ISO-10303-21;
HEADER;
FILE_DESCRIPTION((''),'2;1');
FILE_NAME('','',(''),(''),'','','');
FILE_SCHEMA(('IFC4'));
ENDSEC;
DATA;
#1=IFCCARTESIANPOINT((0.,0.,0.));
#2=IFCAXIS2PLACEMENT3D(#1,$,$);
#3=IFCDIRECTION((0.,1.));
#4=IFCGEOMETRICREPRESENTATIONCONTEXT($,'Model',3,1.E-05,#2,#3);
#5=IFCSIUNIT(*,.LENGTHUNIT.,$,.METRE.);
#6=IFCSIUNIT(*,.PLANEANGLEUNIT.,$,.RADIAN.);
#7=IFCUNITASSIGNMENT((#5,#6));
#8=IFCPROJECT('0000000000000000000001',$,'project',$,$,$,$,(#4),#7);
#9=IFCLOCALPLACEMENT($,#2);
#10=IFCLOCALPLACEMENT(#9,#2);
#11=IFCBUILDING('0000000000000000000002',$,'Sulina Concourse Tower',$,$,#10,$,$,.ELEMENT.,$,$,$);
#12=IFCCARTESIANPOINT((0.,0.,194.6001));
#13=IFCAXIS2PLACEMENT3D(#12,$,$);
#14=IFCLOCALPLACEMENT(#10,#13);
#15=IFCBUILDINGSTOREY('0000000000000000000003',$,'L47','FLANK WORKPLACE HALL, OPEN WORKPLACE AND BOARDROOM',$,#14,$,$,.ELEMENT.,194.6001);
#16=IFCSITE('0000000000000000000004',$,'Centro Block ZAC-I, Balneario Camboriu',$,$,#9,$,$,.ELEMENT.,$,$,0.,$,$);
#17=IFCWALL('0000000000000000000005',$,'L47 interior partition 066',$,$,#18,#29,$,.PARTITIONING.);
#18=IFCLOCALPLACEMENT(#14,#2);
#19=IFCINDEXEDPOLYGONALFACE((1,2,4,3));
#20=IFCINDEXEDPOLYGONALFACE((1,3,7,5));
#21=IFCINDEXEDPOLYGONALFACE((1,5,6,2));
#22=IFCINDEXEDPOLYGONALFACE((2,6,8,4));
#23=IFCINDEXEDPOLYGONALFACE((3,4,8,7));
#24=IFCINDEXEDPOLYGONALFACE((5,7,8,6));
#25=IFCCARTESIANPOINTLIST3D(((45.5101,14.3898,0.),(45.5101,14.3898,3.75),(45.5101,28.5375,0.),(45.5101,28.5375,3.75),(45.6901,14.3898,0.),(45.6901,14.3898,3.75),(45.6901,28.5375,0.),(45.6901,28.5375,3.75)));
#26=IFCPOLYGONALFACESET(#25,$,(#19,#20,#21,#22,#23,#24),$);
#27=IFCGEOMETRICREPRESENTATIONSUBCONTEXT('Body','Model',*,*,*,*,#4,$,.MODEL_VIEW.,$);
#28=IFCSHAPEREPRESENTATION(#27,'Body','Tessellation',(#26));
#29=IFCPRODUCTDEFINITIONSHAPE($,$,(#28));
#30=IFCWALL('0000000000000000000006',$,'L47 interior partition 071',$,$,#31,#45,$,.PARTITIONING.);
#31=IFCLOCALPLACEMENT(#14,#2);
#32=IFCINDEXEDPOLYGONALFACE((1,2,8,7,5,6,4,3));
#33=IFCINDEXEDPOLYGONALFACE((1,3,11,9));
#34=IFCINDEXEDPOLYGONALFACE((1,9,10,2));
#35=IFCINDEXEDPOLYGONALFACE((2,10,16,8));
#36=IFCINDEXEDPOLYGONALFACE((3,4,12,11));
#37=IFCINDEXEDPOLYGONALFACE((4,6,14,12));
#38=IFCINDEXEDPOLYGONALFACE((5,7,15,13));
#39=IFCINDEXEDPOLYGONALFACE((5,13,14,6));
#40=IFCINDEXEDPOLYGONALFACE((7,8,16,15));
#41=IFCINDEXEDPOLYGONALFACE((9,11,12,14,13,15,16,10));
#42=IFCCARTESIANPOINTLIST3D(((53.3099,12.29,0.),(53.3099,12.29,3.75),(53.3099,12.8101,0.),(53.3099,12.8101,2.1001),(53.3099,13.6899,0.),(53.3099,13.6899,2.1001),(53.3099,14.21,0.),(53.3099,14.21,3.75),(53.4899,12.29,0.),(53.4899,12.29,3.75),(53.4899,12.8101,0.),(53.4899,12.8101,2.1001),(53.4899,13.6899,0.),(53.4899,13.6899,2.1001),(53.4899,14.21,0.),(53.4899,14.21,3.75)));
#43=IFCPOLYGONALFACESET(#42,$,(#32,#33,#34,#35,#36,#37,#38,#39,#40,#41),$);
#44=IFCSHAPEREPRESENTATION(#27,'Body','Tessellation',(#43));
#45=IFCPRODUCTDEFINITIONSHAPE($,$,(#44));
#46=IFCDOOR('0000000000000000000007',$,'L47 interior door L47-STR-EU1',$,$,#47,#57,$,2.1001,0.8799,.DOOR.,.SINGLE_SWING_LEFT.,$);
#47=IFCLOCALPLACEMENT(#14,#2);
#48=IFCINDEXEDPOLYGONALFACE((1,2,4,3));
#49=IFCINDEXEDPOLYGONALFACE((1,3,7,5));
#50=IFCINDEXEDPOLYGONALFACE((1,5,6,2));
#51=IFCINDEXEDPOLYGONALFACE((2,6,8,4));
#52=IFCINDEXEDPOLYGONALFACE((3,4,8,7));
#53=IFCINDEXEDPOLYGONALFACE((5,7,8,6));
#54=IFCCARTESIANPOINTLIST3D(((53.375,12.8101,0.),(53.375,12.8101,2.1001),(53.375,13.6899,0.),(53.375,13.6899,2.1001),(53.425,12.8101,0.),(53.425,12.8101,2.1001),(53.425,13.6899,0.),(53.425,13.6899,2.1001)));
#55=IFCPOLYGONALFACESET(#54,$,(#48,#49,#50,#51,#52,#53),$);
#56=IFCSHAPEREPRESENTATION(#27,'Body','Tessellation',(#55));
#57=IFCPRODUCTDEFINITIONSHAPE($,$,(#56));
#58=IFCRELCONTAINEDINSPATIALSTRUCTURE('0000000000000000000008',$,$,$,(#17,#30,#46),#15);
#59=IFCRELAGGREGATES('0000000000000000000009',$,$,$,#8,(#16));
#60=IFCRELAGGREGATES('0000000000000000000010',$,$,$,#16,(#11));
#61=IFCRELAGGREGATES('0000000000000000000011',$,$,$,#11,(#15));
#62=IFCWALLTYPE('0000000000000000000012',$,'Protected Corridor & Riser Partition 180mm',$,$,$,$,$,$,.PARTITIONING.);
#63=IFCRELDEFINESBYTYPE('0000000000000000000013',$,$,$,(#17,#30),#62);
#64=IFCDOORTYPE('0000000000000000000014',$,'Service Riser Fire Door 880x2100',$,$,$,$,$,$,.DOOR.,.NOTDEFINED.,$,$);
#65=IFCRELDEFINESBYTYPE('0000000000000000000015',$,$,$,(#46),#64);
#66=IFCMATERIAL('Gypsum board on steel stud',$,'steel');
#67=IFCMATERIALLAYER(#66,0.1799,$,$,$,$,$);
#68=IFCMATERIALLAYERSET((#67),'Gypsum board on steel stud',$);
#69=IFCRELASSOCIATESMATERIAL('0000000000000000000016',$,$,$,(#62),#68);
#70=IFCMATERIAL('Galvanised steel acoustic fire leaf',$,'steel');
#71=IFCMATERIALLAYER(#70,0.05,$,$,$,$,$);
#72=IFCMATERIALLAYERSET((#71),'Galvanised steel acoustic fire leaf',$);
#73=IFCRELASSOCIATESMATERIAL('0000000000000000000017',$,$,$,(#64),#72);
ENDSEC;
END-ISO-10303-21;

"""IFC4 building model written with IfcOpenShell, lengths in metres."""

from ifc_helpers import new_model, si_unit, direction, frame, frame_2d, origin, place, context, subcontext, project, spatial, rectangle, extrude, material, layer, layer_set, type_object, element, fill, save


model = new_model("IFC4")

# Units and contexts
model_context = context("Model", 3, precision=1e-05, world=origin(), true_north=direction((0.0, 1.0)))
body_context = subcontext(model_context, "Body", "Model", "MODEL_VIEW")
ifc_project = project(units=[si_unit("LENGTHUNIT", "METRE"), si_unit("PLANEANGLEUNIT", "RADIAN")], contexts=[model_context])

# Site, building, storey
site_placement = place(None, origin())
site = spatial("IfcSite", under=ifc_project, at=site_placement, Name="Centro Block ZAC-I, Balneario Camboriu", CompositionType="ELEMENT", RefElevation=0.0)
building_placement = place(site_placement, origin())
building = spatial("IfcBuilding", under=site, at=building_placement, Name="Sulina Concourse Tower", CompositionType="ELEMENT")
storey_placement = place(building_placement, frame((0.0, 0.0, 194.6001)))
storey = spatial("IfcBuildingStorey", under=building, at=storey_placement, Name="L47", Description="FLANK WORKPLACE HALL, OPEN WORKPLACE AND BOARDROOM", CompositionType="ELEMENT", Elevation=194.6001)

# Shared definitions
ifc_material_1 = material(Name="Gypsum board on steel stud", Category="steel")
ifc_layer_1 = layer(ifc_material_1, 0.1799)
ifc_layer_set_1 = layer_set([ifc_layer_1], Name="Gypsum board on steel stud")
wall_type_1 = type_object("IfcWallType", Name="Protected Corridor & Riser Partition 180mm", PredefinedType="PARTITIONING", material=ifc_layer_set_1)

# Wall
wall_1_placement = place(storey_placement, frame((45.6001, 14.3899, 0.0), z_axis=(0.0, 0.0, 1.0), x_axis=(0.0, 1.0, 0.0)))
element("IfcWall", 1, at=wall_1_placement, inside=storey, type_object=wall_type_1, Name="L47 interior partition 066", PredefinedType="PARTITIONING", context=body_context, shape_type="SweptSolid", body=[
    extrude(rectangle(XDim=14.1477, YDim=0.1799, at=frame_2d((7.0737, 0.0))), origin(), (0.0, 0.0, 1.0), 3.75),
])

# Wall, opening, door
wall_2_placement = place(storey_placement, frame((53.3999, 12.29, 0.0), z_axis=(0.0, 0.0, 1.0), x_axis=(0.0, 1.0, 0.0)))
wall_2 = element("IfcWall", 2, at=wall_2_placement, inside=storey, type_object=wall_type_1, Name="L47 interior partition 071", PredefinedType="PARTITIONING", context=body_context, shape_type="SweptSolid", body=[
    extrude(rectangle(XDim=1.9199, YDim=0.1799, at=frame_2d((0.96, 0.0))), origin(), (0.0, 0.0, 1.0), 3.75),
])
opening_1_placement = place(wall_2_placement, frame((0.52, 0.0, 0.0)))
opening_1 = element("IfcOpeningElement", 3, at=opening_1_placement, cuts=wall_2, PredefinedType="OPENING", context=body_context, shape_type="SweptSolid", body=[
    extrude(rectangle(XDim=0.8799, YDim=2.1001, at=frame_2d((0.4399, 1.05))), frame((0.0, 0.0999, 0.0), z_axis=(0.0, -1.0, 0.0), x_axis=(1.0, 0.0, 0.0)), (0.0, 0.0, 1.0), 0.2),
])
ifc_material_2 = material(Name="Galvanised steel acoustic fire leaf", Category="steel")
ifc_layer_2 = layer(ifc_material_2, 0.05)
ifc_layer_set_2 = layer_set([ifc_layer_2], Name="Galvanised steel acoustic fire leaf")
door_type_1 = type_object("IfcDoorType", Name="Service Riser Fire Door 880x2100", OperationType="NOTDEFINED", PredefinedType="DOOR", material=ifc_layer_set_2)
door_1_placement = place(opening_1_placement, origin())
door_1 = element("IfcDoor", 4, at=door_1_placement, inside=storey, type_object=door_type_1, Name="L47 interior door L47-STR-EU1", OperationType="SINGLE_SWING_LEFT", OverallHeight=2.1001, OverallWidth=0.8799, PredefinedType="DOOR", context=body_context, shape_type="SweptSolid", body=[
    extrude(rectangle(XDim=0.8799, YDim=2.1001, at=frame_2d((0.4399, 1.05))), frame((0.0, 0.0249, 0.0), z_axis=(0.0, -1.0, 0.0), x_axis=(1.0, 0.0, 0.0)), (0.0, 0.0, 1.0), 0.05),
])
fill(opening_1, door_1)

save(model, "model.ifc")
